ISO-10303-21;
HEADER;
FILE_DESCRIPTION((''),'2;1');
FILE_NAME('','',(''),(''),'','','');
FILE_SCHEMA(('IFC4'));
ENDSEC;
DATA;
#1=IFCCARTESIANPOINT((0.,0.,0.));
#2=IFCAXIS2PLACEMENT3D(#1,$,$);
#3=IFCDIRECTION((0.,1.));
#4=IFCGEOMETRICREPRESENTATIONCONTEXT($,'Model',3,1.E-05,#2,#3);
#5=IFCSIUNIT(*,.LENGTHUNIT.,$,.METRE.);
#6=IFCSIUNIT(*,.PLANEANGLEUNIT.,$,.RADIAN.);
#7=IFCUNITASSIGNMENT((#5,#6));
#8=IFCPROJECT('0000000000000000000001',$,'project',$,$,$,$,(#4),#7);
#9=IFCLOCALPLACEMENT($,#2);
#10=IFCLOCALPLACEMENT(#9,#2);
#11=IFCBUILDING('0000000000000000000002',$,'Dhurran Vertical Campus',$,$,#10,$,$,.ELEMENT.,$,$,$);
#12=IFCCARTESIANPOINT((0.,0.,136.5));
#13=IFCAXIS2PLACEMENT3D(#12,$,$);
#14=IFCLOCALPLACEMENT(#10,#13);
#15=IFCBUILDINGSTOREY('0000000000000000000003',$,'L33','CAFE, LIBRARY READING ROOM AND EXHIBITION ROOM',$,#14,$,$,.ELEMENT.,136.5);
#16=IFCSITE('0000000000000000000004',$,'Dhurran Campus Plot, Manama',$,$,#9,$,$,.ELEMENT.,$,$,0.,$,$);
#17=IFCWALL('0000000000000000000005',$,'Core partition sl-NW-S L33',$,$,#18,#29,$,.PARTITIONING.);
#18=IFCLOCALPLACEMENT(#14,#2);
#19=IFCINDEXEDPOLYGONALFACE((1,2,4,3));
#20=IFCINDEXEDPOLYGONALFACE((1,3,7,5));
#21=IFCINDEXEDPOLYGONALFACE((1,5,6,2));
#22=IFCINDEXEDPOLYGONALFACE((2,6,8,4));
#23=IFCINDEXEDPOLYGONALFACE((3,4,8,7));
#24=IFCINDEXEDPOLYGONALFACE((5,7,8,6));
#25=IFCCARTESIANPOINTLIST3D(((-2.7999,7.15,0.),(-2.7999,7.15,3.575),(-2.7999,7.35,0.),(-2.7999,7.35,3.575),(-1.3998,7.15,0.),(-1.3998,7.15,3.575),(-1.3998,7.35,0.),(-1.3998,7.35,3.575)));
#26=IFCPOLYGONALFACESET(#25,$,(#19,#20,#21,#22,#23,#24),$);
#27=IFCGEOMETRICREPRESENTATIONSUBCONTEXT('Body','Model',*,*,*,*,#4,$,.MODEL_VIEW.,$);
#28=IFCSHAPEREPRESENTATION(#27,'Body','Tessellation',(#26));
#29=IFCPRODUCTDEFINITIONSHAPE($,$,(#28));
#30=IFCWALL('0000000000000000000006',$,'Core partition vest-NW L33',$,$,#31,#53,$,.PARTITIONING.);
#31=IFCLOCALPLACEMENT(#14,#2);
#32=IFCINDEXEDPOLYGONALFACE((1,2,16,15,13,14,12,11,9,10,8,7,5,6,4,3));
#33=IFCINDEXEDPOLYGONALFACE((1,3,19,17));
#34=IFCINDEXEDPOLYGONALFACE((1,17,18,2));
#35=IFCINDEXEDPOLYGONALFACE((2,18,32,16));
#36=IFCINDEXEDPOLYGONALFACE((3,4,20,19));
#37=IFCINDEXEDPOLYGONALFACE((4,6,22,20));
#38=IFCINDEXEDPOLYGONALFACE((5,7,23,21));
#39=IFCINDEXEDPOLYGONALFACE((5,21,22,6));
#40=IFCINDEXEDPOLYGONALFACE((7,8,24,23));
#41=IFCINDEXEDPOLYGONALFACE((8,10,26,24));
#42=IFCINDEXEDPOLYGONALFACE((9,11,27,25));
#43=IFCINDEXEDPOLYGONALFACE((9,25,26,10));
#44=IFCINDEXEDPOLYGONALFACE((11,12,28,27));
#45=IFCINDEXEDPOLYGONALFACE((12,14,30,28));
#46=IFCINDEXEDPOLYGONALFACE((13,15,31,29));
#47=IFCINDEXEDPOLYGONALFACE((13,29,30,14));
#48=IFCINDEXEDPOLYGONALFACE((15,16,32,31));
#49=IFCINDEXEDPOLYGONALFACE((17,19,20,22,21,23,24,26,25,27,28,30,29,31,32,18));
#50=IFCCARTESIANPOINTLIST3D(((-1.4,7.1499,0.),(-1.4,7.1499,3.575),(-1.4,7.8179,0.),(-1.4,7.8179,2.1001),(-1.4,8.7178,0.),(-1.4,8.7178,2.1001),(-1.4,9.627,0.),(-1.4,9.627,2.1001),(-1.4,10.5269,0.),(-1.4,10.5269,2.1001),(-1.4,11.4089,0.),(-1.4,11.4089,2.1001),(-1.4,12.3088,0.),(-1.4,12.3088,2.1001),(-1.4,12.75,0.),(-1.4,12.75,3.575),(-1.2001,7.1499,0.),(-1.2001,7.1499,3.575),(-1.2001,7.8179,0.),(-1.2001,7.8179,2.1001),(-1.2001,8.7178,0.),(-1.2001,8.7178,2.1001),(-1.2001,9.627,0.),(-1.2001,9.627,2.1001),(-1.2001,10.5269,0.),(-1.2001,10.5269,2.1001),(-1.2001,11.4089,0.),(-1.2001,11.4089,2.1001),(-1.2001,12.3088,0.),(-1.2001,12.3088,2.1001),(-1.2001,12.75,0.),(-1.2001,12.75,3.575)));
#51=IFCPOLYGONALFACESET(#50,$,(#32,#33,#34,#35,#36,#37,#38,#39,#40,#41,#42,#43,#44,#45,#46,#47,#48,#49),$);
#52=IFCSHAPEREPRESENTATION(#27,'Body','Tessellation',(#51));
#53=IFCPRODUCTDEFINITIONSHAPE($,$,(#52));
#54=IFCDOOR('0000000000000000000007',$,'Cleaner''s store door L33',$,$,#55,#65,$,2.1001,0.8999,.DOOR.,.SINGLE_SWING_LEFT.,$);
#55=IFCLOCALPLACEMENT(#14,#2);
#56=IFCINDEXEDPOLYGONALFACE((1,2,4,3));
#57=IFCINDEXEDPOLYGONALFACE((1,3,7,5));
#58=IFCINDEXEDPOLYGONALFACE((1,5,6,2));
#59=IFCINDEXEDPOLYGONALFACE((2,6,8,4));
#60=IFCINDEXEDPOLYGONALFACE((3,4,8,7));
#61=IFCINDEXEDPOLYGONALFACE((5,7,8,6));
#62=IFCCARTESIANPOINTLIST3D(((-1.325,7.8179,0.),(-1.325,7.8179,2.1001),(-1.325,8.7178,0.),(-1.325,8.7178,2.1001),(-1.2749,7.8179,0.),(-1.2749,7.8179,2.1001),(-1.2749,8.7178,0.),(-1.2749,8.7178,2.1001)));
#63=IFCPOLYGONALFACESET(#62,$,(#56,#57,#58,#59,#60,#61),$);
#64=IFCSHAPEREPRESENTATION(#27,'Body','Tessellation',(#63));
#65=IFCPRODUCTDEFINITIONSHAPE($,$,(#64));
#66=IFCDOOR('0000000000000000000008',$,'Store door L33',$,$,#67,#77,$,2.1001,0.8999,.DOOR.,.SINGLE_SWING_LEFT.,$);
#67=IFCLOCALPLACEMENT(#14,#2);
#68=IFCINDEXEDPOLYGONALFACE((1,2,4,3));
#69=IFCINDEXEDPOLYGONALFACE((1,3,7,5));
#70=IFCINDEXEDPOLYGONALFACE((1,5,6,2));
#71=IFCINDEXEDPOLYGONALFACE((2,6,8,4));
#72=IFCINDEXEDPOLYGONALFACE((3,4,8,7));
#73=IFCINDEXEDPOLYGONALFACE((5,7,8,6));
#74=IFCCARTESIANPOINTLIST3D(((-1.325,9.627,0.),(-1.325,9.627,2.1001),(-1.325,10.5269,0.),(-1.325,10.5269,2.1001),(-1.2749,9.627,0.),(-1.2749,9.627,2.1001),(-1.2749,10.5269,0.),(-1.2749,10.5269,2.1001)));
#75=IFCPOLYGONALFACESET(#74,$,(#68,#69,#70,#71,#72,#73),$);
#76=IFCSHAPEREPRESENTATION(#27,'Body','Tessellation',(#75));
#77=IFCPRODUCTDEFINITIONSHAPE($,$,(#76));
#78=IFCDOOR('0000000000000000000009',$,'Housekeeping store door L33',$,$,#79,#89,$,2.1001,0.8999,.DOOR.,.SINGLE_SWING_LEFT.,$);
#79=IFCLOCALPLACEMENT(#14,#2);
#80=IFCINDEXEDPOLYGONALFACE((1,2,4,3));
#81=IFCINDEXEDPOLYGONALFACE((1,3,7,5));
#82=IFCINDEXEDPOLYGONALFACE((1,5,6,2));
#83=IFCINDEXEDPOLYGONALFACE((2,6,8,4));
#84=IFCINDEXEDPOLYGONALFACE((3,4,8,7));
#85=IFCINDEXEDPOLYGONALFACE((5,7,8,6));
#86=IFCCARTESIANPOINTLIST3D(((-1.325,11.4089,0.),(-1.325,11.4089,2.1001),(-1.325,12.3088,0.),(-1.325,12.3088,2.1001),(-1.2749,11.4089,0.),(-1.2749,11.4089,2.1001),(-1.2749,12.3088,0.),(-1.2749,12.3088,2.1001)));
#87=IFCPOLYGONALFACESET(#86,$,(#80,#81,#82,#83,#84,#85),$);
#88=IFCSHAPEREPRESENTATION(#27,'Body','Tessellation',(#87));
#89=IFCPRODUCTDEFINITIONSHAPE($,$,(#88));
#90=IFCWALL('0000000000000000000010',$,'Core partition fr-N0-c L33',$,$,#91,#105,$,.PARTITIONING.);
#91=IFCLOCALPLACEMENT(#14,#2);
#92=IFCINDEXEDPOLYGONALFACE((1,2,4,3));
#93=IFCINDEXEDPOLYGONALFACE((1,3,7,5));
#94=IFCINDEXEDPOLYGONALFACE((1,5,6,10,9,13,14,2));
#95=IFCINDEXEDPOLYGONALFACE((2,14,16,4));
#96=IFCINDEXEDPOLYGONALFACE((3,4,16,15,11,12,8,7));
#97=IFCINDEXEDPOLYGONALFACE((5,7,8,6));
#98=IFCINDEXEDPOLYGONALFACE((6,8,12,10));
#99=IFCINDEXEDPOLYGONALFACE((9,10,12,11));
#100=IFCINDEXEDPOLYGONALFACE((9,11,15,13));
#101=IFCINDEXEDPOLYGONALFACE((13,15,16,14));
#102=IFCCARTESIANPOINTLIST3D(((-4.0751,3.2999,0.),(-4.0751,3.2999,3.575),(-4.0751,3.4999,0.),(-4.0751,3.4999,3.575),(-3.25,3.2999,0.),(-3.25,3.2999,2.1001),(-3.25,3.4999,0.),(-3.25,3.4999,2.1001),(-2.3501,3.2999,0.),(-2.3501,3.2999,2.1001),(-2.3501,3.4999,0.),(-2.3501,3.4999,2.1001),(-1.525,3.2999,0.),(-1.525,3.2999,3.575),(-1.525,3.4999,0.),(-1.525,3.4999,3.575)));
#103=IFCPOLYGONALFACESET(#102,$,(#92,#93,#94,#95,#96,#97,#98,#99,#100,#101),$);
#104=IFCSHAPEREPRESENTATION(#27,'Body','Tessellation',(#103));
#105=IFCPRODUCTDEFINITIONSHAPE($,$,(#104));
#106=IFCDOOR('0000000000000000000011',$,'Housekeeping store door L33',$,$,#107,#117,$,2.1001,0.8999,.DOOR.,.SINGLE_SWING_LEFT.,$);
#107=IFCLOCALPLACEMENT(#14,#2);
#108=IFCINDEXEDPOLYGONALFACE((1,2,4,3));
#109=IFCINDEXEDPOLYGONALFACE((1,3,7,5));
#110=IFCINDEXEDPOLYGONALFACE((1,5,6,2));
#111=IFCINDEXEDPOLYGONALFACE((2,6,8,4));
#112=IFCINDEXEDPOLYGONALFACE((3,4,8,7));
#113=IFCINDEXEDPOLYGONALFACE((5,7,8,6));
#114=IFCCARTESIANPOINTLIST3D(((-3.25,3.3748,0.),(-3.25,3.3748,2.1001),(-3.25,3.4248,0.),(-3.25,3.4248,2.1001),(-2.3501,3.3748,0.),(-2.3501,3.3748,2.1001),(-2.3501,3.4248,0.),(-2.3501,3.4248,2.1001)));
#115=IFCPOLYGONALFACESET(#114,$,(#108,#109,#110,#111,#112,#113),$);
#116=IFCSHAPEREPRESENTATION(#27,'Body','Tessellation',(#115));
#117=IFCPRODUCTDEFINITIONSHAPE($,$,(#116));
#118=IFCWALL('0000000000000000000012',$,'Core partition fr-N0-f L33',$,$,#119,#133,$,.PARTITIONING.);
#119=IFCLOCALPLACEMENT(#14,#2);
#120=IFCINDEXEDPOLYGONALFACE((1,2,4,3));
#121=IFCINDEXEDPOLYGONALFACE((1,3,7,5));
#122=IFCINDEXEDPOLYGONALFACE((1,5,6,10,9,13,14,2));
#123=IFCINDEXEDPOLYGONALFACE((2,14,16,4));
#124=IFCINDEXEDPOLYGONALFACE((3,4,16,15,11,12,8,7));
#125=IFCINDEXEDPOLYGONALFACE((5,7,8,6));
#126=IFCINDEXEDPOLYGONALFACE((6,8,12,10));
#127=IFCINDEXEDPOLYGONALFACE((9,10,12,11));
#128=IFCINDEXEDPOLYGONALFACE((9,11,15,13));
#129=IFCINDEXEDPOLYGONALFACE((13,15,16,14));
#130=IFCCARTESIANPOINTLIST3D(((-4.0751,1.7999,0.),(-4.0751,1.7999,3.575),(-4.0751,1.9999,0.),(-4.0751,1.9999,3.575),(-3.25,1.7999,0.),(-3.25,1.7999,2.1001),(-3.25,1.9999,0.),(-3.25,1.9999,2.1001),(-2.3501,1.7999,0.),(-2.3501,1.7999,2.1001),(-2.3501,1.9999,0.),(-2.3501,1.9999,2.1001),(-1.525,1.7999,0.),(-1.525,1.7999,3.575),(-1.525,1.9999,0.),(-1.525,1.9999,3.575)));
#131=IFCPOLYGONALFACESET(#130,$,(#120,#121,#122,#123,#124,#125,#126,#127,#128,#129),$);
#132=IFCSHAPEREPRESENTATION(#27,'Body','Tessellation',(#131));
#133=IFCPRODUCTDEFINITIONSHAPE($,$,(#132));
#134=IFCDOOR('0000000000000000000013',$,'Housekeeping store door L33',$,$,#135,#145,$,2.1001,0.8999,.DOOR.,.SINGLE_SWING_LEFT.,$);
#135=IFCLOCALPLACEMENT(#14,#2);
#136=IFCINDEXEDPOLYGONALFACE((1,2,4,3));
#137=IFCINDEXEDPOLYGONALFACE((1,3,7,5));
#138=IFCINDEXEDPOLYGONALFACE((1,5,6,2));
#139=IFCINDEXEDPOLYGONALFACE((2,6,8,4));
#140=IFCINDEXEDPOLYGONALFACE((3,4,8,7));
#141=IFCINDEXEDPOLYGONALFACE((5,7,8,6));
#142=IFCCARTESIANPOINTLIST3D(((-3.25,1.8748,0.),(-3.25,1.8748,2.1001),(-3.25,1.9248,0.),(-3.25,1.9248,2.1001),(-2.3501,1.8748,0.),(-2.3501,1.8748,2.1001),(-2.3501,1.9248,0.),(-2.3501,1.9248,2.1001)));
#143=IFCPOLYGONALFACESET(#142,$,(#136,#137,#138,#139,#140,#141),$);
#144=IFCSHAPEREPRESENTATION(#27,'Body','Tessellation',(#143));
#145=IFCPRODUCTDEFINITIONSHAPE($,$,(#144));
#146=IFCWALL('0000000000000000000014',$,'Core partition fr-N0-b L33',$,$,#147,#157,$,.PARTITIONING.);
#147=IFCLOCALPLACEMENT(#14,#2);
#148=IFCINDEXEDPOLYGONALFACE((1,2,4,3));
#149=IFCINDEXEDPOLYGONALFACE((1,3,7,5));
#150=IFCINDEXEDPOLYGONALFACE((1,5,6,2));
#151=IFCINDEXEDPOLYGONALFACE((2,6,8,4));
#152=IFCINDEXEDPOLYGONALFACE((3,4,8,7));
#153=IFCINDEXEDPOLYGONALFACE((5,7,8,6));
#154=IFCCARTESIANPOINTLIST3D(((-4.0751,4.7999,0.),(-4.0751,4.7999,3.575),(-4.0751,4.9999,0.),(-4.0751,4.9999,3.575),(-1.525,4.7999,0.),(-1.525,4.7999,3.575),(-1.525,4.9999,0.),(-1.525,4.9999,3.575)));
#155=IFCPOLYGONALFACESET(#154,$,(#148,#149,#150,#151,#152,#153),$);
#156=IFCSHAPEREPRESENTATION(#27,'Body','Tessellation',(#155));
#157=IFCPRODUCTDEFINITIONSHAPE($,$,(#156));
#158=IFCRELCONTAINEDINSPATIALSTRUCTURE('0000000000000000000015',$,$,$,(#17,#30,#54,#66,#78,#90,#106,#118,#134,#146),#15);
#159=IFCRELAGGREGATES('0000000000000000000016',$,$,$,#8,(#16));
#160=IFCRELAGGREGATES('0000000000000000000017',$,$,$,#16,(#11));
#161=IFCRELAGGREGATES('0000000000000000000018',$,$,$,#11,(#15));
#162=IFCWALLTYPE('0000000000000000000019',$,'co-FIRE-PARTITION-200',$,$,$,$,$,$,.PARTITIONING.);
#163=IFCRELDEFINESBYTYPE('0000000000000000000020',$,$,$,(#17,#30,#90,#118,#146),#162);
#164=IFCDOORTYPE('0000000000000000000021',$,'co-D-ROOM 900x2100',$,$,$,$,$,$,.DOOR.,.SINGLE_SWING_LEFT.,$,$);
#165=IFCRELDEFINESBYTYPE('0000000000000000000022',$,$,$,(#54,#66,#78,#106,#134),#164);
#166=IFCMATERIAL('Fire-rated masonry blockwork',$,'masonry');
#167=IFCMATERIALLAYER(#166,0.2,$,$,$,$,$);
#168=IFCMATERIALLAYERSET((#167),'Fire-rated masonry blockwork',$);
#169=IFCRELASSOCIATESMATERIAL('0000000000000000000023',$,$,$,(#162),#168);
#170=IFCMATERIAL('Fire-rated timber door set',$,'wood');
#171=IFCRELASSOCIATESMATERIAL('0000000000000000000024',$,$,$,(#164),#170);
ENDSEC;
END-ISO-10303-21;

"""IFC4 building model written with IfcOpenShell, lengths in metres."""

from ifc_helpers import new_model, si_unit, direction, frame, frame_2d, origin, place, context, subcontext, project, spatial, rectangle, extrude, material, layer, layer_set, type_object, element, fill, save


model = new_model("IFC4")

# Units and contexts
model_context = context("Model", 3, precision=1e-05, world=origin(), true_north=direction((0.0, 1.0)))
body_context = subcontext(model_context, "Body", "Model", "MODEL_VIEW")
ifc_project = project(units=[si_unit("LENGTHUNIT", "METRE"), si_unit("PLANEANGLEUNIT", "RADIAN")], contexts=[model_context])

# Site, building, storey
site_placement = place(None, origin())
site = spatial("IfcSite", under=ifc_project, at=site_placement, Name="Dhurran Campus Plot, Manama", CompositionType="ELEMENT", RefElevation=0.0)
building_placement = place(site_placement, origin())
building = spatial("IfcBuilding", under=site, at=building_placement, Name="Dhurran Vertical Campus", CompositionType="ELEMENT")
storey_placement = place(building_placement, frame((0.0, 0.0, 136.5)))
storey = spatial("IfcBuildingStorey", under=building, at=storey_placement, Name="L33", Description="CAFE, LIBRARY READING ROOM AND EXHIBITION ROOM", CompositionType="ELEMENT", Elevation=136.5)

# Wall
ifc_material_1 = material(Name="Fire-rated masonry blockwork", Category="masonry")
ifc_layer_1 = layer(ifc_material_1, 0.2)
ifc_layer_set_1 = layer_set([ifc_layer_1], Name="Fire-rated masonry blockwork")
wall_type_1 = type_object("IfcWallType", Name="co-FIRE-PARTITION-200", PredefinedType="PARTITIONING", material=ifc_layer_set_1)
wall_1_placement = place(storey_placement, frame((-2.8, 7.25, 0.0), z_axis=(0.0, 0.0, 1.0), x_axis=(1.0, 0.0, 0.0)))
element("IfcWall", 1, at=wall_1_placement, inside=storey, type_object=wall_type_1, Name="Core partition sl-NW-S L33", PredefinedType="PARTITIONING", context=body_context, shape_type="SweptSolid", body=[
    extrude(rectangle(XDim=1.4001, YDim=0.2, at=frame_2d((0.7002, 0.0))), origin(), (0.0, 0.0, 1.0), 3.575),
])

# Wall, openings, doors
wall_2_placement = place(storey_placement, frame((-1.3, 7.1499, 0.0), z_axis=(0.0, 0.0, 1.0), x_axis=(0.0, 1.0, 0.0)))
wall_2 = element("IfcWall", 2, at=wall_2_placement, inside=storey, type_object=wall_type_1, Name="Core partition vest-NW L33", PredefinedType="PARTITIONING", context=body_context, shape_type="SweptSolid", body=[
    extrude(rectangle(XDim=5.6001, YDim=0.2, at=frame_2d((2.8, 0.0))), origin(), (0.0, 0.0, 1.0), 3.575),
])
opening_1_placement = place(wall_2_placement, frame((0.668, 0.0, 0.0)))
opening_1 = element("IfcOpeningElement", 3, at=opening_1_placement, cuts=wall_2, PredefinedType="OPENING", context=body_context, shape_type="SweptSolid", body=[
    extrude(rectangle(XDim=0.8999, YDim=2.1001, at=frame_2d((0.45, 1.05))), frame((0.0, 0.1099, 0.0), z_axis=(0.0, -1.0, 0.0), x_axis=(1.0, 0.0, 0.0)), (0.0, 0.0, 1.0), 0.22),
])
opening_2_placement = place(wall_2_placement, frame((2.4771, 0.0, 0.0)))
opening_2 = element("IfcOpeningElement", 4, at=opening_2_placement, cuts=wall_2, PredefinedType="OPENING", context=body_context, shape_type="SweptSolid", body=[
    extrude(rectangle(XDim=0.8999, YDim=2.1001, at=frame_2d((0.45, 1.05))), frame((0.0, 0.1099, 0.0), z_axis=(0.0, -1.0, 0.0), x_axis=(1.0, 0.0, 0.0)), (0.0, 0.0, 1.0), 0.22),
])
opening_3_placement = place(wall_2_placement, frame((4.259, 0.0, 0.0)))
opening_3 = element("IfcOpeningElement", 5, at=opening_3_placement, cuts=wall_2, PredefinedType="OPENING", context=body_context, shape_type="SweptSolid", body=[
    extrude(rectangle(XDim=0.8999, YDim=2.1001, at=frame_2d((0.45, 1.05))), frame((0.0, 0.1099, 0.0), z_axis=(0.0, -1.0, 0.0), x_axis=(1.0, 0.0, 0.0)), (0.0, 0.0, 1.0), 0.22),
])
ifc_material_2 = material(Name="Fire-rated timber door set", Category="wood")
door_type_1 = type_object("IfcDoorType", Name="co-D-ROOM 900x2100", OperationType="SINGLE_SWING_LEFT", PredefinedType="DOOR", material=ifc_material_2)
door_1_placement = place(opening_1_placement, origin())
door_1 = element("IfcDoor", 6, at=door_1_placement, inside=storey, type_object=door_type_1, Name="Cleaner's store door L33", OperationType="SINGLE_SWING_LEFT", OverallHeight=2.1001, OverallWidth=0.8999, PredefinedType="DOOR", context=body_context, shape_type="SweptSolid", body=[
    extrude(rectangle(XDim=0.8999, YDim=2.1001, at=frame_2d((0.45, 1.05))), frame((0.0, 0.0249, 0.0), z_axis=(0.0, -1.0, 0.0), x_axis=(1.0, 0.0, 0.0)), (0.0, 0.0, 1.0), 0.05),
])
fill(opening_1, door_1)
door_2_placement = place(opening_2_placement, origin())
door_2 = element("IfcDoor", 7, at=door_2_placement, inside=storey, type_object=door_type_1, Name="Store door L33", OperationType="SINGLE_SWING_LEFT", OverallHeight=2.1001, OverallWidth=0.8999, PredefinedType="DOOR", context=body_context, shape_type="SweptSolid", body=[
    extrude(rectangle(XDim=0.8999, YDim=2.1001, at=frame_2d((0.45, 1.05))), frame((0.0, 0.0249, 0.0), z_axis=(0.0, -1.0, 0.0), x_axis=(1.0, 0.0, 0.0)), (0.0, 0.0, 1.0), 0.05),
])
fill(opening_2, door_2)
door_3_placement = place(opening_3_placement, origin())
door_3 = element("IfcDoor", 8, at=door_3_placement, inside=storey, type_object=door_type_1, Name="Housekeeping store door L33", OperationType="SINGLE_SWING_LEFT", OverallHeight=2.1001, OverallWidth=0.8999, PredefinedType="DOOR", context=body_context, shape_type="SweptSolid", body=[
    extrude(rectangle(XDim=0.8999, YDim=2.1001, at=frame_2d((0.45, 1.05))), frame((0.0, 0.0249, 0.0), z_axis=(0.0, -1.0, 0.0), x_axis=(1.0, 0.0, 0.0)), (0.0, 0.0, 1.0), 0.05),
])
fill(opening_3, door_3)

# Walls, openings, doors
wall_3_placement = place(storey_placement, frame((-4.075, 3.3999, 0.0), z_axis=(0.0, 0.0, 1.0), x_axis=(1.0, 0.0, 0.0)))
wall_3 = element("IfcWall", 9, at=wall_3_placement, inside=storey, type_object=wall_type_1, Name="Core partition fr-N0-c L33", PredefinedType="PARTITIONING", context=body_context, shape_type="SweptSolid", body=[
    extrude(rectangle(XDim=2.55, YDim=0.2, at=frame_2d((1.2749, 0.0))), origin(), (0.0, 0.0, 1.0), 3.575),
])
opening_4_placement = place(wall_3_placement, frame((0.825, 0.0, 0.0)))
opening_4 = element("IfcOpeningElement", 10, at=opening_4_placement, cuts=wall_3, PredefinedType="OPENING", context=body_context, shape_type="SweptSolid", body=[
    extrude(rectangle(XDim=0.8999, YDim=2.1001, at=frame_2d((0.45, 1.05))), frame((0.0, 0.1099, 0.0), z_axis=(0.0, -1.0, 0.0), x_axis=(1.0, 0.0, 0.0)), (0.0, 0.0, 1.0), 0.22),
])
door_4_placement = place(opening_4_placement, origin())
door_4 = element("IfcDoor", 11, at=door_4_placement, inside=storey, type_object=door_type_1, Name="Housekeeping store door L33", OperationType="SINGLE_SWING_LEFT", OverallHeight=2.1001, OverallWidth=0.8999, PredefinedType="DOOR", context=body_context, shape_type="SweptSolid", body=[
    extrude(rectangle(XDim=0.8999, YDim=2.1001, at=frame_2d((0.45, 1.05))), frame((0.0, 0.0249, 0.0), z_axis=(0.0, -1.0, 0.0), x_axis=(1.0, 0.0, 0.0)), (0.0, 0.0, 1.0), 0.05),
])
fill(opening_4, door_4)
wall_4_placement = place(storey_placement, frame((-4.075, 1.8999, 0.0), z_axis=(0.0, 0.0, 1.0), x_axis=(1.0, 0.0, 0.0)))
wall_4 = element("IfcWall", 12, at=wall_4_placement, inside=storey, type_object=wall_type_1, Name="Core partition fr-N0-f L33", PredefinedType="PARTITIONING", context=body_context, shape_type="SweptSolid", body=[
    extrude(rectangle(XDim=2.55, YDim=0.2, at=frame_2d((1.2749, 0.0))), origin(), (0.0, 0.0, 1.0), 3.575),
])
opening_5_placement = place(wall_4_placement, frame((0.825, 0.0, 0.0)))
opening_5 = element("IfcOpeningElement", 13, at=opening_5_placement, cuts=wall_4, PredefinedType="OPENING", context=body_context, shape_type="SweptSolid", body=[
    extrude(rectangle(XDim=0.8999, YDim=2.1001, at=frame_2d((0.45, 1.05))), frame((0.0, 0.1099, 0.0), z_axis=(0.0, -1.0, 0.0), x_axis=(1.0, 0.0, 0.0)), (0.0, 0.0, 1.0), 0.22),
])
door_5_placement = place(opening_5_placement, origin())
door_5 = element("IfcDoor", 14, at=door_5_placement, inside=storey, type_object=door_type_1, Name="Housekeeping store door L33", OperationType="SINGLE_SWING_LEFT", OverallHeight=2.1001, OverallWidth=0.8999, PredefinedType="DOOR", context=body_context, shape_type="SweptSolid", body=[
    extrude(rectangle(XDim=0.8999, YDim=2.1001, at=frame_2d((0.45, 1.05))), frame((0.0, 0.0249, 0.0), z_axis=(0.0, -1.0, 0.0), x_axis=(1.0, 0.0, 0.0)), (0.0, 0.0, 1.0), 0.05),
])
fill(opening_5, door_5)

# Wall
wall_5_placement = place(storey_placement, frame((-4.075, 4.8999, 0.0), z_axis=(0.0, 0.0, 1.0), x_axis=(1.0, 0.0, 0.0)))
element("IfcWall", 15, at=wall_5_placement, inside=storey, type_object=wall_type_1, Name="Core partition fr-N0-b L33", PredefinedType="PARTITIONING", context=body_context, shape_type="SweptSolid", body=[
    extrude(rectangle(XDim=2.55, YDim=0.2, at=frame_2d((1.2749, 0.0))), origin(), (0.0, 0.0, 1.0), 3.575),
])

save(model, "model.ifc")
